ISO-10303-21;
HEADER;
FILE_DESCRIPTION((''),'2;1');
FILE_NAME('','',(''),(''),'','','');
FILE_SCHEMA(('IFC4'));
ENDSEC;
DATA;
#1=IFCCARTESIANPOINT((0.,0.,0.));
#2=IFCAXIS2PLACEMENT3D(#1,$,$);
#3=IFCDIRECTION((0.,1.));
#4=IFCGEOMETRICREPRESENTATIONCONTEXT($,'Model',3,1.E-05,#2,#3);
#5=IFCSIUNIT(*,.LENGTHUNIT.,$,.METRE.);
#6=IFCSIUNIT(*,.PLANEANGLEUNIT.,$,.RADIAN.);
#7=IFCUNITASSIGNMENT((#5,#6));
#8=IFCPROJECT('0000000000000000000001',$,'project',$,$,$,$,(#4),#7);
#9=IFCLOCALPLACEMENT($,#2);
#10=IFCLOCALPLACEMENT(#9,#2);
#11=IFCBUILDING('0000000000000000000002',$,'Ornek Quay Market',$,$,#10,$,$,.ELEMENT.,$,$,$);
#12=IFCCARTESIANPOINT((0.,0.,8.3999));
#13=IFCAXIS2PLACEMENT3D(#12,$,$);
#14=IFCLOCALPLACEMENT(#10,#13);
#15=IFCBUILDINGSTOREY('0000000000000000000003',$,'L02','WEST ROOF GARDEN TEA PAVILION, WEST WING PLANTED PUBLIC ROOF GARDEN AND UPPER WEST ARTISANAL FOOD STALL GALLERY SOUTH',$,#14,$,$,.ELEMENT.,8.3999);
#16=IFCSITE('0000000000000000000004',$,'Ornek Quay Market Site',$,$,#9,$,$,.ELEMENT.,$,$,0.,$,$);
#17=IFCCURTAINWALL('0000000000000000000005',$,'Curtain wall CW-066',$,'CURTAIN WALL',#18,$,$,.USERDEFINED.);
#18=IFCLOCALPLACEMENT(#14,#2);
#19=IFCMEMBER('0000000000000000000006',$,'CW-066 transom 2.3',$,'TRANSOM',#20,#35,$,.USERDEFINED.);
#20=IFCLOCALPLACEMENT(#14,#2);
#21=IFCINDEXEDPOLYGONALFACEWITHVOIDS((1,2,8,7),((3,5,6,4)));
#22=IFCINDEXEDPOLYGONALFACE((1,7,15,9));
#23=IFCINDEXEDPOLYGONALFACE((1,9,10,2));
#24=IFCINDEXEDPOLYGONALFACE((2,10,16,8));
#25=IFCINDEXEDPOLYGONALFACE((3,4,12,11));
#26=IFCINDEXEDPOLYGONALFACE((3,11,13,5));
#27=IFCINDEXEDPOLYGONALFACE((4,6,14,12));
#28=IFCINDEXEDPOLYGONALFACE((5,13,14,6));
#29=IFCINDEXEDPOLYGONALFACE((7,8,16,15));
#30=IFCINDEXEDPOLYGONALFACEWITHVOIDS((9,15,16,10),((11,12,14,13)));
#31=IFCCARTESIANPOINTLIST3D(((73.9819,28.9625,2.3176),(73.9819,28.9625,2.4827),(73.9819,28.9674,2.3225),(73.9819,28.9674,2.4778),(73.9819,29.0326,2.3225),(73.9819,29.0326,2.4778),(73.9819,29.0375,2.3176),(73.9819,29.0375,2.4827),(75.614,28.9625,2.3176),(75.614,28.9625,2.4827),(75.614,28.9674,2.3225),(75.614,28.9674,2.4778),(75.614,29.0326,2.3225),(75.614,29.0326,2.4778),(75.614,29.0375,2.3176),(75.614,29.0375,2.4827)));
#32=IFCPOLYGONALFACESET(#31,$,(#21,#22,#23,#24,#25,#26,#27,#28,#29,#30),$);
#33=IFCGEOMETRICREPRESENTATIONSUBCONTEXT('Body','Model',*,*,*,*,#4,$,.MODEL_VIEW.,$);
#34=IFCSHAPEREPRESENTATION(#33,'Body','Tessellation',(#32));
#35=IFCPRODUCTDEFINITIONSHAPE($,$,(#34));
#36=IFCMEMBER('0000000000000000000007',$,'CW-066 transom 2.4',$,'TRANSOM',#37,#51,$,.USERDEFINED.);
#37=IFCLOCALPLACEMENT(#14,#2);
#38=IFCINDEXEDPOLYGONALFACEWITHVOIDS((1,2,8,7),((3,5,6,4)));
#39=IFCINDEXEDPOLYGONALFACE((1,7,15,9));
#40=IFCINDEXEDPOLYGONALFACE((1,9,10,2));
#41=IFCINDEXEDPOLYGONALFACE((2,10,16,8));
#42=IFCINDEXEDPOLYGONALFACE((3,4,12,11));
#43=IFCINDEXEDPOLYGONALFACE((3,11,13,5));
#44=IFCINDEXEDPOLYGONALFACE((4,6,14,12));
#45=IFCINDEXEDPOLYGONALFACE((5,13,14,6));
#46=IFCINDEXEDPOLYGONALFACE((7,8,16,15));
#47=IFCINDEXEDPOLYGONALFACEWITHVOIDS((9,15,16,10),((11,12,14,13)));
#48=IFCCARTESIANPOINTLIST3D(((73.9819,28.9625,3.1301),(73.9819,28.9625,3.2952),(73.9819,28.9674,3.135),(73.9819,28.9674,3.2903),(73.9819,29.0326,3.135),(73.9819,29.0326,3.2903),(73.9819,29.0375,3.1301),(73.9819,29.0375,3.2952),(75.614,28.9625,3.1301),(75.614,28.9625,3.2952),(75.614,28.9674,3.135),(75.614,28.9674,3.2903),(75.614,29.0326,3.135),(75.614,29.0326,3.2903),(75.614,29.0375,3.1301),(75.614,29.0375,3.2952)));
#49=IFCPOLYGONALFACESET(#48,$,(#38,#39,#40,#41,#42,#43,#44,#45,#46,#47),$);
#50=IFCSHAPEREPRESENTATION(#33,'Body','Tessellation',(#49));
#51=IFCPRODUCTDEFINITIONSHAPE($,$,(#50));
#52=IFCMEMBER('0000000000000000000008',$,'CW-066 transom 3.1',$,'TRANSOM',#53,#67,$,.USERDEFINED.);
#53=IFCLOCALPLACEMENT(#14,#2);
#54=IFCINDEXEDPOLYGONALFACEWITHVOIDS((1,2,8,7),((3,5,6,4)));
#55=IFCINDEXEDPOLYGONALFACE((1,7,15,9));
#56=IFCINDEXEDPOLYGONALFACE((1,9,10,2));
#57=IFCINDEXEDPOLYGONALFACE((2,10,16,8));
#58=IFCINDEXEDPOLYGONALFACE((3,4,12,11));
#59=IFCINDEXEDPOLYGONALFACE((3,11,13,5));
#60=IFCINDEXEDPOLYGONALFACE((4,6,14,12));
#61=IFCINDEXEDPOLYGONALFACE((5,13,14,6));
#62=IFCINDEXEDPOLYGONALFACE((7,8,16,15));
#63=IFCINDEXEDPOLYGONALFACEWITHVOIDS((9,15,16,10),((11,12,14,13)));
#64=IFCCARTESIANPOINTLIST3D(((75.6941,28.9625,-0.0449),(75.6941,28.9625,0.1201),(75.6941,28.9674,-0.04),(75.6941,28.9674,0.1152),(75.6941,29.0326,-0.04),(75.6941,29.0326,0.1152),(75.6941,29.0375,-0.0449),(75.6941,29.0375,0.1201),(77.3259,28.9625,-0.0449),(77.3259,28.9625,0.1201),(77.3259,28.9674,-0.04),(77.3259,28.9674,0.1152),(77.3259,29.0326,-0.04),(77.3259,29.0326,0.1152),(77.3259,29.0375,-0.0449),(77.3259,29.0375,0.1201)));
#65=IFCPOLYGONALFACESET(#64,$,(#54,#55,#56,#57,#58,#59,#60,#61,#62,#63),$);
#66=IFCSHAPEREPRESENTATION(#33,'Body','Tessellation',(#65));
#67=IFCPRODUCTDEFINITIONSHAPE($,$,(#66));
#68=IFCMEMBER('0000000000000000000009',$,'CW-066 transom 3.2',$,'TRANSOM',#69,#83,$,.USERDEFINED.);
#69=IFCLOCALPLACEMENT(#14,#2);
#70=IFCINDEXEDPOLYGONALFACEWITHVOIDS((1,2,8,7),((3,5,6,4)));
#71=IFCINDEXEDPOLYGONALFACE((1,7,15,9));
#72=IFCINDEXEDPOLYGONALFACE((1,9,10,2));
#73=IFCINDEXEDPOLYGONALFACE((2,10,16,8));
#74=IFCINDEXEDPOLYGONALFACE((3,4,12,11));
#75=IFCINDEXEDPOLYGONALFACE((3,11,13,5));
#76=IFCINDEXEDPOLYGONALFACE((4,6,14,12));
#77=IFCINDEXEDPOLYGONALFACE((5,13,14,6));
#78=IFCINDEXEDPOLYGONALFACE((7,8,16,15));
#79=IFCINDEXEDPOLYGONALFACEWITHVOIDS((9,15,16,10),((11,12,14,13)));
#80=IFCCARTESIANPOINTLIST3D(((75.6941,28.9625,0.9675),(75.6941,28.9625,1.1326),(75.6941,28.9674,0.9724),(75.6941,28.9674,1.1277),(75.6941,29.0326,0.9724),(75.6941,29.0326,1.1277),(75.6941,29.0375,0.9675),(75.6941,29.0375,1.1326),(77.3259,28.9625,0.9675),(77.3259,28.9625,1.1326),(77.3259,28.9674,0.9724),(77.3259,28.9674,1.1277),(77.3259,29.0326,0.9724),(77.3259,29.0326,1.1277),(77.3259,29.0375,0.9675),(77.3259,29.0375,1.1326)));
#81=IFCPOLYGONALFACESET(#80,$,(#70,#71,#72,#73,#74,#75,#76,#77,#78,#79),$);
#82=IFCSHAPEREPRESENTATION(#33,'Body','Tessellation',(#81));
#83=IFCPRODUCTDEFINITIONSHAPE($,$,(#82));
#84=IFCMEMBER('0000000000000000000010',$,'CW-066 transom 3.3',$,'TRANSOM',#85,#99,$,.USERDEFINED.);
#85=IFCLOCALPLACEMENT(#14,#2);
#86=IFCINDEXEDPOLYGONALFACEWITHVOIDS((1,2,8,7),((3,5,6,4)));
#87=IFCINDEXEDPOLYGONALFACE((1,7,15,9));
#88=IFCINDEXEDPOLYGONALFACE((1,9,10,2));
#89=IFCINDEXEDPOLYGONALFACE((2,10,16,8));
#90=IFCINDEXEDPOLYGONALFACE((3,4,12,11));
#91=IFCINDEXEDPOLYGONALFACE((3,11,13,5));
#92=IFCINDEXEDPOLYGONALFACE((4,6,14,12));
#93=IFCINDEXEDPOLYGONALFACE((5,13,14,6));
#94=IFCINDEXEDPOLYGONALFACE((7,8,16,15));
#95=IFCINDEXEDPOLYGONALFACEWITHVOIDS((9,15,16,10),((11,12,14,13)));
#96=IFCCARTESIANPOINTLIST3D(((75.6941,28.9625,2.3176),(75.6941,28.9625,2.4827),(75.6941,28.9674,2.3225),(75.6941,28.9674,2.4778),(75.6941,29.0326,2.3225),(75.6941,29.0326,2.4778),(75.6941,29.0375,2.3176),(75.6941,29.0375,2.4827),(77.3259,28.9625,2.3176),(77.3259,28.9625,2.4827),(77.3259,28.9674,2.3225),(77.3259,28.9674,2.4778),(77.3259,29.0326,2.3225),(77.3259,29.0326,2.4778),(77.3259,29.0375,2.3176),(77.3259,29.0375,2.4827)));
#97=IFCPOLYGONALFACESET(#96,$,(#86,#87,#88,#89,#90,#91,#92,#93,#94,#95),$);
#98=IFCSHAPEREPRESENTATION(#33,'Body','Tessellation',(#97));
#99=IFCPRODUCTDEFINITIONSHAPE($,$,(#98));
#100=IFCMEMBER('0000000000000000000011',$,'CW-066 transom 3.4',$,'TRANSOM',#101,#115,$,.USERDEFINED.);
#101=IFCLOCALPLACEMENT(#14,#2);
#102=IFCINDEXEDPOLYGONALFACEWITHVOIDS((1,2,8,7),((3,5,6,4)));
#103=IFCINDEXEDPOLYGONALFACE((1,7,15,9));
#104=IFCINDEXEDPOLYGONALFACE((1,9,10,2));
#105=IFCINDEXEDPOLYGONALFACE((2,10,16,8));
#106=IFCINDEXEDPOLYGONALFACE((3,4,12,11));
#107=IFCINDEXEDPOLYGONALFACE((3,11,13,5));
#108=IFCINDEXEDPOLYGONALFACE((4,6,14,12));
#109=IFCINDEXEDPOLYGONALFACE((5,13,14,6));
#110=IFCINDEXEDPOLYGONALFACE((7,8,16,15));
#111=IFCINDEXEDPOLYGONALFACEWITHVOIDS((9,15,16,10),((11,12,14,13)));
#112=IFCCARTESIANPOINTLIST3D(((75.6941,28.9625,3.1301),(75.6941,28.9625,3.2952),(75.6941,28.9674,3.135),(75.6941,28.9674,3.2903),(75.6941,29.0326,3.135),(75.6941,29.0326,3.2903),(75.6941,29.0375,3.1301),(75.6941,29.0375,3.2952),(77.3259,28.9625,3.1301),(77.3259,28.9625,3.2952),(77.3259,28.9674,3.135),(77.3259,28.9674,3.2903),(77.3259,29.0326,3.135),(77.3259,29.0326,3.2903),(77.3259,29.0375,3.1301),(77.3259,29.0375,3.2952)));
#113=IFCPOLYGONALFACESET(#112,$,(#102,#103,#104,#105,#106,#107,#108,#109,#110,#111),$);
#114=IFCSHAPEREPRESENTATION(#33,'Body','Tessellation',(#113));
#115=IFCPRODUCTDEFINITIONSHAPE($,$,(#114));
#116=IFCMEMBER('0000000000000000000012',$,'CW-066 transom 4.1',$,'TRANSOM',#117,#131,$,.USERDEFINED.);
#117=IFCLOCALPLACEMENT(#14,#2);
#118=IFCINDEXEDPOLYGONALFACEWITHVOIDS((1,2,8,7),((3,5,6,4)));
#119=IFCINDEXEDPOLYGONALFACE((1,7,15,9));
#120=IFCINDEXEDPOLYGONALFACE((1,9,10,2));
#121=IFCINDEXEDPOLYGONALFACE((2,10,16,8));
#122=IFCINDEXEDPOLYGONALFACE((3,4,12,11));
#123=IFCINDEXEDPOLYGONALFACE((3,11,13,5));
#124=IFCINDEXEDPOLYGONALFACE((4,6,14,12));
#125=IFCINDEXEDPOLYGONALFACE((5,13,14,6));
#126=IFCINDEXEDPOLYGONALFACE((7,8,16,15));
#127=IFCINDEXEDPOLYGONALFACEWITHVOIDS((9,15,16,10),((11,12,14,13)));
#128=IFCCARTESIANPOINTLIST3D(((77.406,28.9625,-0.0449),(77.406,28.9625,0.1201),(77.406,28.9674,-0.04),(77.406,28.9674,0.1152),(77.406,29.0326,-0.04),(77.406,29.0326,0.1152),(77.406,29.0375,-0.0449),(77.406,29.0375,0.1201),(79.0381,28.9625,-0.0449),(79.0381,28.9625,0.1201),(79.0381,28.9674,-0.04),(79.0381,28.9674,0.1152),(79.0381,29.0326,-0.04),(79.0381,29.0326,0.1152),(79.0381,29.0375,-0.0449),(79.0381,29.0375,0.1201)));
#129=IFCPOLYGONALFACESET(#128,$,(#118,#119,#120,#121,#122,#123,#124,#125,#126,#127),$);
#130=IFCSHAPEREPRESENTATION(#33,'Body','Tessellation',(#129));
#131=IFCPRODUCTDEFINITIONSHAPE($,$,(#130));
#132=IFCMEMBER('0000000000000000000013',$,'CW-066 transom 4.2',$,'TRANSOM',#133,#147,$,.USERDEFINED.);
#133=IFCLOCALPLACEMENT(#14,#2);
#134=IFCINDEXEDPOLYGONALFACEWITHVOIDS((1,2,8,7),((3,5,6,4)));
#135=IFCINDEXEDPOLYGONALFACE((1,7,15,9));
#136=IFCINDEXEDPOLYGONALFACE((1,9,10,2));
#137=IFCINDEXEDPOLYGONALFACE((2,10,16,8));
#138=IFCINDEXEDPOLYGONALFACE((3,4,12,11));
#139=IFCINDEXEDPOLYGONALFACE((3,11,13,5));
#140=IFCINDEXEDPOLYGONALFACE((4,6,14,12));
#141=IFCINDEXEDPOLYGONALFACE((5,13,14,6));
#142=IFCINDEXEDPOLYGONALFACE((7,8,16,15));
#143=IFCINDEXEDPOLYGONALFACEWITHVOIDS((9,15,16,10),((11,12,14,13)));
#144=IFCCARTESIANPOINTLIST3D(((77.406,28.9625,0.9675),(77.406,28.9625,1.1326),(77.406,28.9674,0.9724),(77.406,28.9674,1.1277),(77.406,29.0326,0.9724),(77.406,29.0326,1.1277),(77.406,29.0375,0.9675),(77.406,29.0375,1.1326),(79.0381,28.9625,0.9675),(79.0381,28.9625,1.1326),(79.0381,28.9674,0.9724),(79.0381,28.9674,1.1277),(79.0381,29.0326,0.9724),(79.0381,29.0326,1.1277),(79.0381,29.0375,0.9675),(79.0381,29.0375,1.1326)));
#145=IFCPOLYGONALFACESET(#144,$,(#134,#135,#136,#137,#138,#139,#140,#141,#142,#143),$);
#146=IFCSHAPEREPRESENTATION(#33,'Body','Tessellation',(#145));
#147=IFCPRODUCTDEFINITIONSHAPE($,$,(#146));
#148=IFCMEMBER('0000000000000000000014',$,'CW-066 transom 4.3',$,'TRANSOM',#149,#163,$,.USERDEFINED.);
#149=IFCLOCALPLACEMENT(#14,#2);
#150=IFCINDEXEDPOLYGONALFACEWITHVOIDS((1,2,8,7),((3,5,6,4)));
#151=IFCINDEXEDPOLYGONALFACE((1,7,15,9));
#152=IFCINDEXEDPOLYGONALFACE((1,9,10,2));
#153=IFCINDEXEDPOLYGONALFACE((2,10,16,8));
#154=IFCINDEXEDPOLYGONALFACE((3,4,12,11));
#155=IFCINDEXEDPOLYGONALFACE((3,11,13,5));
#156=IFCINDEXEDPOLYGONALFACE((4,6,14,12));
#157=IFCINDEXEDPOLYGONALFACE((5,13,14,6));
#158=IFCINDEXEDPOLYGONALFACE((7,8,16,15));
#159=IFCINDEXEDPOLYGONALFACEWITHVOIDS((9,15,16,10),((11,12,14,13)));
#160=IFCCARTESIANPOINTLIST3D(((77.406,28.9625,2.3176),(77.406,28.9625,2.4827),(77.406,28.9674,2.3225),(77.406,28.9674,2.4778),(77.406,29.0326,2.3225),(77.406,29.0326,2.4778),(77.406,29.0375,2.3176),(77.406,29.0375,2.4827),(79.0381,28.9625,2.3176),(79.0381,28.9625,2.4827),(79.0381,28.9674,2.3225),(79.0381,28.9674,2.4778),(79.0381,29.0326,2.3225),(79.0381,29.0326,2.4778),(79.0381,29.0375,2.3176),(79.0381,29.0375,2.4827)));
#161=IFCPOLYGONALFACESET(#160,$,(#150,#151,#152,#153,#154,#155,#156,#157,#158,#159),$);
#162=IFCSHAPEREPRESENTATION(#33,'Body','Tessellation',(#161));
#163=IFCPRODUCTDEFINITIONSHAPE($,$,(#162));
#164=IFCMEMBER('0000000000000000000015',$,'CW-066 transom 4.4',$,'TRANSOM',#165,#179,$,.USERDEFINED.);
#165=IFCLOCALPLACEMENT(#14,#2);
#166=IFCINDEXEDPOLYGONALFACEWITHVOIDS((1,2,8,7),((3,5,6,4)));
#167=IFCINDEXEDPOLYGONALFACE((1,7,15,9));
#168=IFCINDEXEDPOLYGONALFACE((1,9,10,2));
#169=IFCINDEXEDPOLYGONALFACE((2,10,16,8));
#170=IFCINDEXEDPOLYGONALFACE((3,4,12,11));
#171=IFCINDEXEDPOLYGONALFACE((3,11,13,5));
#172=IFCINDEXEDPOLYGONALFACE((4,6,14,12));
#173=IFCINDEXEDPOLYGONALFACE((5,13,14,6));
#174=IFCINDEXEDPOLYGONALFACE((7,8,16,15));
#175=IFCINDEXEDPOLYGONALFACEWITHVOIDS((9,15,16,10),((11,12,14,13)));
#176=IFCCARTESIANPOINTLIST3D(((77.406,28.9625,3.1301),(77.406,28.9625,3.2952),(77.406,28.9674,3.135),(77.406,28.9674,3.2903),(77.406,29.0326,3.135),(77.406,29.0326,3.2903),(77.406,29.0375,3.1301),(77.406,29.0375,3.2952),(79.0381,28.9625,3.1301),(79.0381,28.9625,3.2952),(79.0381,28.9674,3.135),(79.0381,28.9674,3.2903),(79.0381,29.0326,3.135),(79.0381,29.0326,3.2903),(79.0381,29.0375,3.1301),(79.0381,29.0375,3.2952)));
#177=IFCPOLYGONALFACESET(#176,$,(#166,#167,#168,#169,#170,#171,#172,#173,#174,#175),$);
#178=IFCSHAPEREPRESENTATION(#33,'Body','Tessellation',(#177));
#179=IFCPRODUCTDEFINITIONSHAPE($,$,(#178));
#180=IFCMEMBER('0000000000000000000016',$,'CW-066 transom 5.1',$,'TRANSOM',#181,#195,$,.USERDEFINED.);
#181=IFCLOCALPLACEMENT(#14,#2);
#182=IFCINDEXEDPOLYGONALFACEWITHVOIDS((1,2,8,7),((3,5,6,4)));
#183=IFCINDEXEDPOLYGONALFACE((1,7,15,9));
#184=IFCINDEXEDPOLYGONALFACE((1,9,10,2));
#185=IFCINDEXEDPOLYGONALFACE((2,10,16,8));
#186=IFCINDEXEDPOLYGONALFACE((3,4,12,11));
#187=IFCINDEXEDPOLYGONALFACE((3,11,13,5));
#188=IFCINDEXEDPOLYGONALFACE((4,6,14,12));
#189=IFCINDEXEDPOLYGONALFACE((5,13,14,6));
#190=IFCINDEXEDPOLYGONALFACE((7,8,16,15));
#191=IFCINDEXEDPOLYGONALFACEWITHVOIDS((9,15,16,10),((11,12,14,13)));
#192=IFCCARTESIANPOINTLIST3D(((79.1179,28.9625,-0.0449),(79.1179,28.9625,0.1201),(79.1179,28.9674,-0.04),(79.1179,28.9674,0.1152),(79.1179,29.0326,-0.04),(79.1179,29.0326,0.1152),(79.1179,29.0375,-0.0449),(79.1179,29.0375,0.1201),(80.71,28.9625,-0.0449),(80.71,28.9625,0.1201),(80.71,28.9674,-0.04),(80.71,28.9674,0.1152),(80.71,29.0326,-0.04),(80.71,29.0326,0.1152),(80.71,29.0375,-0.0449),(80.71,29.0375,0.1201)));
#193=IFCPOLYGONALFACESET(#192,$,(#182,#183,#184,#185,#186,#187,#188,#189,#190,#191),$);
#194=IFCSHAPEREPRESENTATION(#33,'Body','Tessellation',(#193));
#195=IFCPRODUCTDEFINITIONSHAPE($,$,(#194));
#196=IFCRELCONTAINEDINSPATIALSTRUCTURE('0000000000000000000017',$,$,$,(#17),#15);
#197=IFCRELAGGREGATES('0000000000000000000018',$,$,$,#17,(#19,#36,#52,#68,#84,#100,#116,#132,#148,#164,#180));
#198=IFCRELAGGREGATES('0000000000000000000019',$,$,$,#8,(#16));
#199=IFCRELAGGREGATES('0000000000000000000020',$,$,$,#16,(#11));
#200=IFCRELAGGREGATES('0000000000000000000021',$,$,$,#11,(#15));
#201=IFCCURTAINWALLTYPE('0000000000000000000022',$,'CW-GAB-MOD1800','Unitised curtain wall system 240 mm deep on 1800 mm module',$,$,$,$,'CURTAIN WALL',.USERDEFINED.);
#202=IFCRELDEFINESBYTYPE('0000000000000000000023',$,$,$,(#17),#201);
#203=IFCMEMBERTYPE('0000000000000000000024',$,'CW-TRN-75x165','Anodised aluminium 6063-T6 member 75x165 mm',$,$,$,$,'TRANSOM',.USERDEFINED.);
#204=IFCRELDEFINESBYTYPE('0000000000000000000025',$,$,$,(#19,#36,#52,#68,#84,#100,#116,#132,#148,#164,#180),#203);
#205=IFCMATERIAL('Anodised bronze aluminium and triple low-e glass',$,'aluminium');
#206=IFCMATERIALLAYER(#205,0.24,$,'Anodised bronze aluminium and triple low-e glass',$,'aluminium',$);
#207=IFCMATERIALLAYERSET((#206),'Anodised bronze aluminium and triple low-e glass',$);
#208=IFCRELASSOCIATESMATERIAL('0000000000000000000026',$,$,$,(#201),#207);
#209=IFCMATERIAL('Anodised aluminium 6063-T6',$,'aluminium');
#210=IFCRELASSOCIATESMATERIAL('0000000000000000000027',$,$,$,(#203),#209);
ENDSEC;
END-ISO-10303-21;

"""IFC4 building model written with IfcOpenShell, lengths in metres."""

from ifc_helpers import new_model, si_unit, direction, frame, origin, origin_2d, place, context, subcontext, project, spatial, hollow_rectangle, extrude, material, layer, layer_set, material_profile, profile_set, type_object, element, aggregate, save


model = new_model("IFC4")

# Units and contexts
model_context = context("Model", 3, precision=1e-05, world=origin(), true_north=direction((0.0, 1.0)))
body_context = subcontext(model_context, "Body", "Model", "MODEL_VIEW")
ifc_project = project(units=[si_unit("LENGTHUNIT", "METRE"), si_unit("PLANEANGLEUNIT", "RADIAN")], contexts=[model_context])

# Site, building, storey
site_placement = place(None, origin())
site = spatial("IfcSite", under=ifc_project, at=site_placement, Name="Ornek Quay Market Site", CompositionType="ELEMENT", RefElevation=0.0)
building_placement = place(site_placement, origin())
building = spatial("IfcBuilding", under=site, at=building_placement, Name="Ornek Quay Market", CompositionType="ELEMENT")
storey_placement = place(building_placement, frame((0.0, 0.0, 8.3999)))
storey = spatial("IfcBuildingStorey", under=building, at=storey_placement, Name="L02", Description="WEST ROOF GARDEN TEA PAVILION, WEST WING PLANTED PUBLIC ROOF GARDEN AND UPPER WEST ARTISANAL FOOD STALL GALLERY SOUTH", CompositionType="ELEMENT", Elevation=8.3999)

# Curtain wall, members
ifc_material_1 = material(Name="Anodised bronze aluminium and triple low-e glass", Category="aluminium")
ifc_layer_1 = layer(ifc_material_1, 0.24, Name="Anodised bronze aluminium and triple low-e glass", Category="aluminium")
ifc_layer_set_1 = layer_set([ifc_layer_1], Name="Anodised bronze aluminium and triple low-e glass")
curtain_wall_type = type_object("IfcCurtainWallType", Name="CW-GAB-MOD1800", Description="Unitised curtain wall system 240 mm deep on 1800 mm module", ElementType="CURTAIN WALL", PredefinedType="USERDEFINED", material=ifc_layer_set_1)
curtain_wall_placement = place(storey_placement, origin())
curtain_wall = element("IfcCurtainWall", 1, at=curtain_wall_placement, inside=storey, type_object=curtain_wall_type, Name="Curtain wall CW-066", ObjectType="CURTAIN WALL", PredefinedType="USERDEFINED")
ifc_material_2 = material(Name="Anodised aluminium 6063-T6", Category="aluminium")
ifc_material_profile_1 = material_profile(ifc_material_2, hollow_rectangle(XDim=0.075, YDim=0.165, WallThickness=0.0049, at=origin_2d()), Name="CW-TRN-75x165", Category="aluminium")
ifc_profile_set_1 = profile_set([ifc_material_profile_1], Name="Anodised aluminium 6063-T6")
member_type_1 = type_object("IfcMemberType", Name="CW-TRN-75x165", Description="Anodised aluminium 6063-T6 member 75x165 mm", ElementType="TRANSOM", PredefinedType="USERDEFINED", material=ifc_profile_set_1)
member_1_placement = place(storey_placement, frame((73.9819, 29.0, 2.4001), z_axis=(1.0, 0.0, 0.0), x_axis=(0.0, 1.0, 0.0)))
member_1 = element("IfcMember", 2, at=member_1_placement, type_object=member_type_1, Name="CW-066 transom 2.3", ObjectType="TRANSOM", PredefinedType="USERDEFINED", context=body_context, shape_type="SweptSolid", body=[
    extrude(hollow_rectangle(XDim=0.075, YDim=0.165, WallThickness=0.0049, at=origin_2d()), origin(), (0.0, 0.0, 1.0), 1.6321),
])
member_2_placement = place(storey_placement, frame((73.9819, 29.0, 3.2126), z_axis=(1.0, 0.0, 0.0), x_axis=(0.0, 1.0, 0.0)))
member_2 = element("IfcMember", 3, at=member_2_placement, type_object=member_type_1, Name="CW-066 transom 2.4", ObjectType="TRANSOM", PredefinedType="USERDEFINED", context=body_context, shape_type="SweptSolid", body=[
    extrude(hollow_rectangle(XDim=0.075, YDim=0.165, WallThickness=0.0049, at=origin_2d()), origin(), (0.0, 0.0, 1.0), 1.6321),
])
member_3_placement = place(storey_placement, frame((75.6941, 29.0, 0.0376), z_axis=(1.0, 0.0, 0.0), x_axis=(0.0, 1.0, 0.0)))
member_3 = element("IfcMember", 4, at=member_3_placement, type_object=member_type_1, Name="CW-066 transom 3.1", ObjectType="TRANSOM", PredefinedType="USERDEFINED", context=body_context, shape_type="SweptSolid", body=[
    extrude(hollow_rectangle(XDim=0.075, YDim=0.165, WallThickness=0.0049, at=origin_2d()), origin(), (0.0, 0.0, 1.0), 1.6318),
])
member_4_placement = place(storey_placement, frame((75.6941, 29.0, 1.05), z_axis=(1.0, 0.0, 0.0), x_axis=(0.0, 1.0, 0.0)))
member_4 = element("IfcMember", 5, at=member_4_placement, type_object=member_type_1, Name="CW-066 transom 3.2", ObjectType="TRANSOM", PredefinedType="USERDEFINED", context=body_context, shape_type="SweptSolid", body=[
    extrude(hollow_rectangle(XDim=0.075, YDim=0.165, WallThickness=0.0049, at=origin_2d()), origin(), (0.0, 0.0, 1.0), 1.6318),
])
member_5_placement = place(storey_placement, frame((75.6941, 29.0, 2.4001), z_axis=(1.0, 0.0, 0.0), x_axis=(0.0, 1.0, 0.0)))
member_5 = element("IfcMember", 6, at=member_5_placement, type_object=member_type_1, Name="CW-066 transom 3.3", ObjectType="TRANSOM", PredefinedType="USERDEFINED", context=body_context, shape_type="SweptSolid", body=[
    extrude(hollow_rectangle(XDim=0.075, YDim=0.165, WallThickness=0.0049, at=origin_2d()), origin(), (0.0, 0.0, 1.0), 1.6318),
])
member_6_placement = place(storey_placement, frame((75.6941, 29.0, 3.2126), z_axis=(1.0, 0.0, 0.0), x_axis=(0.0, 1.0, 0.0)))
member_6 = element("IfcMember", 7, at=member_6_placement, type_object=member_type_1, Name="CW-066 transom 3.4", ObjectType="TRANSOM", PredefinedType="USERDEFINED", context=body_context, shape_type="SweptSolid", body=[
    extrude(hollow_rectangle(XDim=0.075, YDim=0.165, WallThickness=0.0049, at=origin_2d()), origin(), (0.0, 0.0, 1.0), 1.6318),
])
member_7_placement = place(storey_placement, frame((77.406, 29.0, 0.0376), z_axis=(1.0, 0.0, 0.0), x_axis=(0.0, 1.0, 0.0)))
member_7 = element("IfcMember", 8, at=member_7_placement, type_object=member_type_1, Name="CW-066 transom 4.1", ObjectType="TRANSOM", PredefinedType="USERDEFINED", context=body_context, shape_type="SweptSolid", body=[
    extrude(hollow_rectangle(XDim=0.075, YDim=0.165, WallThickness=0.0049, at=origin_2d()), origin(), (0.0, 0.0, 1.0), 1.6321),
])
member_8_placement = place(storey_placement, frame((77.406, 29.0, 1.05), z_axis=(1.0, 0.0, 0.0), x_axis=(0.0, 1.0, 0.0)))
member_8 = element("IfcMember", 9, at=member_8_placement, type_object=member_type_1, Name="CW-066 transom 4.2", ObjectType="TRANSOM", PredefinedType="USERDEFINED", context=body_context, shape_type="SweptSolid", body=[
    extrude(hollow_rectangle(XDim=0.075, YDim=0.165, WallThickness=0.0049, at=origin_2d()), origin(), (0.0, 0.0, 1.0), 1.6321),
])
member_9_placement = place(storey_placement, frame((77.406, 29.0, 2.4001), z_axis=(1.0, 0.0, 0.0), x_axis=(0.0, 1.0, 0.0)))
member_9 = element("IfcMember", 10, at=member_9_placement, type_object=member_type_1, Name="CW-066 transom 4.3", ObjectType="TRANSOM", PredefinedType="USERDEFINED", context=body_context, shape_type="SweptSolid", body=[
    extrude(hollow_rectangle(XDim=0.075, YDim=0.165, WallThickness=0.0049, at=origin_2d()), origin(), (0.0, 0.0, 1.0), 1.6321),
])
member_10_placement = place(storey_placement, frame((77.406, 29.0, 3.2126), z_axis=(1.0, 0.0, 0.0), x_axis=(0.0, 1.0, 0.0)))
member_10 = element("IfcMember", 11, at=member_10_placement, type_object=member_type_1, Name="CW-066 transom 4.4", ObjectType="TRANSOM", PredefinedType="USERDEFINED", context=body_context, shape_type="SweptSolid", body=[
    extrude(hollow_rectangle(XDim=0.075, YDim=0.165, WallThickness=0.0049, at=origin_2d()), origin(), (0.0, 0.0, 1.0), 1.6321),
])
member_11_placement = place(storey_placement, frame((79.1179, 29.0, 0.0376), z_axis=(1.0, 0.0, 0.0), x_axis=(0.0, 1.0, 0.0)))
member_11 = element("IfcMember", 12, at=member_11_placement, type_object=member_type_1, Name="CW-066 transom 5.1", ObjectType="TRANSOM", PredefinedType="USERDEFINED", context=body_context, shape_type="SweptSolid", body=[
    extrude(hollow_rectangle(XDim=0.075, YDim=0.165, WallThickness=0.0049, at=origin_2d()), origin(), (0.0, 0.0, 1.0), 1.592),
])
aggregate(curtain_wall, [member_1, member_2, member_3, member_4, member_5, member_6, member_7, member_8, member_9, member_10, member_11])

save(model, "model.ifc")
